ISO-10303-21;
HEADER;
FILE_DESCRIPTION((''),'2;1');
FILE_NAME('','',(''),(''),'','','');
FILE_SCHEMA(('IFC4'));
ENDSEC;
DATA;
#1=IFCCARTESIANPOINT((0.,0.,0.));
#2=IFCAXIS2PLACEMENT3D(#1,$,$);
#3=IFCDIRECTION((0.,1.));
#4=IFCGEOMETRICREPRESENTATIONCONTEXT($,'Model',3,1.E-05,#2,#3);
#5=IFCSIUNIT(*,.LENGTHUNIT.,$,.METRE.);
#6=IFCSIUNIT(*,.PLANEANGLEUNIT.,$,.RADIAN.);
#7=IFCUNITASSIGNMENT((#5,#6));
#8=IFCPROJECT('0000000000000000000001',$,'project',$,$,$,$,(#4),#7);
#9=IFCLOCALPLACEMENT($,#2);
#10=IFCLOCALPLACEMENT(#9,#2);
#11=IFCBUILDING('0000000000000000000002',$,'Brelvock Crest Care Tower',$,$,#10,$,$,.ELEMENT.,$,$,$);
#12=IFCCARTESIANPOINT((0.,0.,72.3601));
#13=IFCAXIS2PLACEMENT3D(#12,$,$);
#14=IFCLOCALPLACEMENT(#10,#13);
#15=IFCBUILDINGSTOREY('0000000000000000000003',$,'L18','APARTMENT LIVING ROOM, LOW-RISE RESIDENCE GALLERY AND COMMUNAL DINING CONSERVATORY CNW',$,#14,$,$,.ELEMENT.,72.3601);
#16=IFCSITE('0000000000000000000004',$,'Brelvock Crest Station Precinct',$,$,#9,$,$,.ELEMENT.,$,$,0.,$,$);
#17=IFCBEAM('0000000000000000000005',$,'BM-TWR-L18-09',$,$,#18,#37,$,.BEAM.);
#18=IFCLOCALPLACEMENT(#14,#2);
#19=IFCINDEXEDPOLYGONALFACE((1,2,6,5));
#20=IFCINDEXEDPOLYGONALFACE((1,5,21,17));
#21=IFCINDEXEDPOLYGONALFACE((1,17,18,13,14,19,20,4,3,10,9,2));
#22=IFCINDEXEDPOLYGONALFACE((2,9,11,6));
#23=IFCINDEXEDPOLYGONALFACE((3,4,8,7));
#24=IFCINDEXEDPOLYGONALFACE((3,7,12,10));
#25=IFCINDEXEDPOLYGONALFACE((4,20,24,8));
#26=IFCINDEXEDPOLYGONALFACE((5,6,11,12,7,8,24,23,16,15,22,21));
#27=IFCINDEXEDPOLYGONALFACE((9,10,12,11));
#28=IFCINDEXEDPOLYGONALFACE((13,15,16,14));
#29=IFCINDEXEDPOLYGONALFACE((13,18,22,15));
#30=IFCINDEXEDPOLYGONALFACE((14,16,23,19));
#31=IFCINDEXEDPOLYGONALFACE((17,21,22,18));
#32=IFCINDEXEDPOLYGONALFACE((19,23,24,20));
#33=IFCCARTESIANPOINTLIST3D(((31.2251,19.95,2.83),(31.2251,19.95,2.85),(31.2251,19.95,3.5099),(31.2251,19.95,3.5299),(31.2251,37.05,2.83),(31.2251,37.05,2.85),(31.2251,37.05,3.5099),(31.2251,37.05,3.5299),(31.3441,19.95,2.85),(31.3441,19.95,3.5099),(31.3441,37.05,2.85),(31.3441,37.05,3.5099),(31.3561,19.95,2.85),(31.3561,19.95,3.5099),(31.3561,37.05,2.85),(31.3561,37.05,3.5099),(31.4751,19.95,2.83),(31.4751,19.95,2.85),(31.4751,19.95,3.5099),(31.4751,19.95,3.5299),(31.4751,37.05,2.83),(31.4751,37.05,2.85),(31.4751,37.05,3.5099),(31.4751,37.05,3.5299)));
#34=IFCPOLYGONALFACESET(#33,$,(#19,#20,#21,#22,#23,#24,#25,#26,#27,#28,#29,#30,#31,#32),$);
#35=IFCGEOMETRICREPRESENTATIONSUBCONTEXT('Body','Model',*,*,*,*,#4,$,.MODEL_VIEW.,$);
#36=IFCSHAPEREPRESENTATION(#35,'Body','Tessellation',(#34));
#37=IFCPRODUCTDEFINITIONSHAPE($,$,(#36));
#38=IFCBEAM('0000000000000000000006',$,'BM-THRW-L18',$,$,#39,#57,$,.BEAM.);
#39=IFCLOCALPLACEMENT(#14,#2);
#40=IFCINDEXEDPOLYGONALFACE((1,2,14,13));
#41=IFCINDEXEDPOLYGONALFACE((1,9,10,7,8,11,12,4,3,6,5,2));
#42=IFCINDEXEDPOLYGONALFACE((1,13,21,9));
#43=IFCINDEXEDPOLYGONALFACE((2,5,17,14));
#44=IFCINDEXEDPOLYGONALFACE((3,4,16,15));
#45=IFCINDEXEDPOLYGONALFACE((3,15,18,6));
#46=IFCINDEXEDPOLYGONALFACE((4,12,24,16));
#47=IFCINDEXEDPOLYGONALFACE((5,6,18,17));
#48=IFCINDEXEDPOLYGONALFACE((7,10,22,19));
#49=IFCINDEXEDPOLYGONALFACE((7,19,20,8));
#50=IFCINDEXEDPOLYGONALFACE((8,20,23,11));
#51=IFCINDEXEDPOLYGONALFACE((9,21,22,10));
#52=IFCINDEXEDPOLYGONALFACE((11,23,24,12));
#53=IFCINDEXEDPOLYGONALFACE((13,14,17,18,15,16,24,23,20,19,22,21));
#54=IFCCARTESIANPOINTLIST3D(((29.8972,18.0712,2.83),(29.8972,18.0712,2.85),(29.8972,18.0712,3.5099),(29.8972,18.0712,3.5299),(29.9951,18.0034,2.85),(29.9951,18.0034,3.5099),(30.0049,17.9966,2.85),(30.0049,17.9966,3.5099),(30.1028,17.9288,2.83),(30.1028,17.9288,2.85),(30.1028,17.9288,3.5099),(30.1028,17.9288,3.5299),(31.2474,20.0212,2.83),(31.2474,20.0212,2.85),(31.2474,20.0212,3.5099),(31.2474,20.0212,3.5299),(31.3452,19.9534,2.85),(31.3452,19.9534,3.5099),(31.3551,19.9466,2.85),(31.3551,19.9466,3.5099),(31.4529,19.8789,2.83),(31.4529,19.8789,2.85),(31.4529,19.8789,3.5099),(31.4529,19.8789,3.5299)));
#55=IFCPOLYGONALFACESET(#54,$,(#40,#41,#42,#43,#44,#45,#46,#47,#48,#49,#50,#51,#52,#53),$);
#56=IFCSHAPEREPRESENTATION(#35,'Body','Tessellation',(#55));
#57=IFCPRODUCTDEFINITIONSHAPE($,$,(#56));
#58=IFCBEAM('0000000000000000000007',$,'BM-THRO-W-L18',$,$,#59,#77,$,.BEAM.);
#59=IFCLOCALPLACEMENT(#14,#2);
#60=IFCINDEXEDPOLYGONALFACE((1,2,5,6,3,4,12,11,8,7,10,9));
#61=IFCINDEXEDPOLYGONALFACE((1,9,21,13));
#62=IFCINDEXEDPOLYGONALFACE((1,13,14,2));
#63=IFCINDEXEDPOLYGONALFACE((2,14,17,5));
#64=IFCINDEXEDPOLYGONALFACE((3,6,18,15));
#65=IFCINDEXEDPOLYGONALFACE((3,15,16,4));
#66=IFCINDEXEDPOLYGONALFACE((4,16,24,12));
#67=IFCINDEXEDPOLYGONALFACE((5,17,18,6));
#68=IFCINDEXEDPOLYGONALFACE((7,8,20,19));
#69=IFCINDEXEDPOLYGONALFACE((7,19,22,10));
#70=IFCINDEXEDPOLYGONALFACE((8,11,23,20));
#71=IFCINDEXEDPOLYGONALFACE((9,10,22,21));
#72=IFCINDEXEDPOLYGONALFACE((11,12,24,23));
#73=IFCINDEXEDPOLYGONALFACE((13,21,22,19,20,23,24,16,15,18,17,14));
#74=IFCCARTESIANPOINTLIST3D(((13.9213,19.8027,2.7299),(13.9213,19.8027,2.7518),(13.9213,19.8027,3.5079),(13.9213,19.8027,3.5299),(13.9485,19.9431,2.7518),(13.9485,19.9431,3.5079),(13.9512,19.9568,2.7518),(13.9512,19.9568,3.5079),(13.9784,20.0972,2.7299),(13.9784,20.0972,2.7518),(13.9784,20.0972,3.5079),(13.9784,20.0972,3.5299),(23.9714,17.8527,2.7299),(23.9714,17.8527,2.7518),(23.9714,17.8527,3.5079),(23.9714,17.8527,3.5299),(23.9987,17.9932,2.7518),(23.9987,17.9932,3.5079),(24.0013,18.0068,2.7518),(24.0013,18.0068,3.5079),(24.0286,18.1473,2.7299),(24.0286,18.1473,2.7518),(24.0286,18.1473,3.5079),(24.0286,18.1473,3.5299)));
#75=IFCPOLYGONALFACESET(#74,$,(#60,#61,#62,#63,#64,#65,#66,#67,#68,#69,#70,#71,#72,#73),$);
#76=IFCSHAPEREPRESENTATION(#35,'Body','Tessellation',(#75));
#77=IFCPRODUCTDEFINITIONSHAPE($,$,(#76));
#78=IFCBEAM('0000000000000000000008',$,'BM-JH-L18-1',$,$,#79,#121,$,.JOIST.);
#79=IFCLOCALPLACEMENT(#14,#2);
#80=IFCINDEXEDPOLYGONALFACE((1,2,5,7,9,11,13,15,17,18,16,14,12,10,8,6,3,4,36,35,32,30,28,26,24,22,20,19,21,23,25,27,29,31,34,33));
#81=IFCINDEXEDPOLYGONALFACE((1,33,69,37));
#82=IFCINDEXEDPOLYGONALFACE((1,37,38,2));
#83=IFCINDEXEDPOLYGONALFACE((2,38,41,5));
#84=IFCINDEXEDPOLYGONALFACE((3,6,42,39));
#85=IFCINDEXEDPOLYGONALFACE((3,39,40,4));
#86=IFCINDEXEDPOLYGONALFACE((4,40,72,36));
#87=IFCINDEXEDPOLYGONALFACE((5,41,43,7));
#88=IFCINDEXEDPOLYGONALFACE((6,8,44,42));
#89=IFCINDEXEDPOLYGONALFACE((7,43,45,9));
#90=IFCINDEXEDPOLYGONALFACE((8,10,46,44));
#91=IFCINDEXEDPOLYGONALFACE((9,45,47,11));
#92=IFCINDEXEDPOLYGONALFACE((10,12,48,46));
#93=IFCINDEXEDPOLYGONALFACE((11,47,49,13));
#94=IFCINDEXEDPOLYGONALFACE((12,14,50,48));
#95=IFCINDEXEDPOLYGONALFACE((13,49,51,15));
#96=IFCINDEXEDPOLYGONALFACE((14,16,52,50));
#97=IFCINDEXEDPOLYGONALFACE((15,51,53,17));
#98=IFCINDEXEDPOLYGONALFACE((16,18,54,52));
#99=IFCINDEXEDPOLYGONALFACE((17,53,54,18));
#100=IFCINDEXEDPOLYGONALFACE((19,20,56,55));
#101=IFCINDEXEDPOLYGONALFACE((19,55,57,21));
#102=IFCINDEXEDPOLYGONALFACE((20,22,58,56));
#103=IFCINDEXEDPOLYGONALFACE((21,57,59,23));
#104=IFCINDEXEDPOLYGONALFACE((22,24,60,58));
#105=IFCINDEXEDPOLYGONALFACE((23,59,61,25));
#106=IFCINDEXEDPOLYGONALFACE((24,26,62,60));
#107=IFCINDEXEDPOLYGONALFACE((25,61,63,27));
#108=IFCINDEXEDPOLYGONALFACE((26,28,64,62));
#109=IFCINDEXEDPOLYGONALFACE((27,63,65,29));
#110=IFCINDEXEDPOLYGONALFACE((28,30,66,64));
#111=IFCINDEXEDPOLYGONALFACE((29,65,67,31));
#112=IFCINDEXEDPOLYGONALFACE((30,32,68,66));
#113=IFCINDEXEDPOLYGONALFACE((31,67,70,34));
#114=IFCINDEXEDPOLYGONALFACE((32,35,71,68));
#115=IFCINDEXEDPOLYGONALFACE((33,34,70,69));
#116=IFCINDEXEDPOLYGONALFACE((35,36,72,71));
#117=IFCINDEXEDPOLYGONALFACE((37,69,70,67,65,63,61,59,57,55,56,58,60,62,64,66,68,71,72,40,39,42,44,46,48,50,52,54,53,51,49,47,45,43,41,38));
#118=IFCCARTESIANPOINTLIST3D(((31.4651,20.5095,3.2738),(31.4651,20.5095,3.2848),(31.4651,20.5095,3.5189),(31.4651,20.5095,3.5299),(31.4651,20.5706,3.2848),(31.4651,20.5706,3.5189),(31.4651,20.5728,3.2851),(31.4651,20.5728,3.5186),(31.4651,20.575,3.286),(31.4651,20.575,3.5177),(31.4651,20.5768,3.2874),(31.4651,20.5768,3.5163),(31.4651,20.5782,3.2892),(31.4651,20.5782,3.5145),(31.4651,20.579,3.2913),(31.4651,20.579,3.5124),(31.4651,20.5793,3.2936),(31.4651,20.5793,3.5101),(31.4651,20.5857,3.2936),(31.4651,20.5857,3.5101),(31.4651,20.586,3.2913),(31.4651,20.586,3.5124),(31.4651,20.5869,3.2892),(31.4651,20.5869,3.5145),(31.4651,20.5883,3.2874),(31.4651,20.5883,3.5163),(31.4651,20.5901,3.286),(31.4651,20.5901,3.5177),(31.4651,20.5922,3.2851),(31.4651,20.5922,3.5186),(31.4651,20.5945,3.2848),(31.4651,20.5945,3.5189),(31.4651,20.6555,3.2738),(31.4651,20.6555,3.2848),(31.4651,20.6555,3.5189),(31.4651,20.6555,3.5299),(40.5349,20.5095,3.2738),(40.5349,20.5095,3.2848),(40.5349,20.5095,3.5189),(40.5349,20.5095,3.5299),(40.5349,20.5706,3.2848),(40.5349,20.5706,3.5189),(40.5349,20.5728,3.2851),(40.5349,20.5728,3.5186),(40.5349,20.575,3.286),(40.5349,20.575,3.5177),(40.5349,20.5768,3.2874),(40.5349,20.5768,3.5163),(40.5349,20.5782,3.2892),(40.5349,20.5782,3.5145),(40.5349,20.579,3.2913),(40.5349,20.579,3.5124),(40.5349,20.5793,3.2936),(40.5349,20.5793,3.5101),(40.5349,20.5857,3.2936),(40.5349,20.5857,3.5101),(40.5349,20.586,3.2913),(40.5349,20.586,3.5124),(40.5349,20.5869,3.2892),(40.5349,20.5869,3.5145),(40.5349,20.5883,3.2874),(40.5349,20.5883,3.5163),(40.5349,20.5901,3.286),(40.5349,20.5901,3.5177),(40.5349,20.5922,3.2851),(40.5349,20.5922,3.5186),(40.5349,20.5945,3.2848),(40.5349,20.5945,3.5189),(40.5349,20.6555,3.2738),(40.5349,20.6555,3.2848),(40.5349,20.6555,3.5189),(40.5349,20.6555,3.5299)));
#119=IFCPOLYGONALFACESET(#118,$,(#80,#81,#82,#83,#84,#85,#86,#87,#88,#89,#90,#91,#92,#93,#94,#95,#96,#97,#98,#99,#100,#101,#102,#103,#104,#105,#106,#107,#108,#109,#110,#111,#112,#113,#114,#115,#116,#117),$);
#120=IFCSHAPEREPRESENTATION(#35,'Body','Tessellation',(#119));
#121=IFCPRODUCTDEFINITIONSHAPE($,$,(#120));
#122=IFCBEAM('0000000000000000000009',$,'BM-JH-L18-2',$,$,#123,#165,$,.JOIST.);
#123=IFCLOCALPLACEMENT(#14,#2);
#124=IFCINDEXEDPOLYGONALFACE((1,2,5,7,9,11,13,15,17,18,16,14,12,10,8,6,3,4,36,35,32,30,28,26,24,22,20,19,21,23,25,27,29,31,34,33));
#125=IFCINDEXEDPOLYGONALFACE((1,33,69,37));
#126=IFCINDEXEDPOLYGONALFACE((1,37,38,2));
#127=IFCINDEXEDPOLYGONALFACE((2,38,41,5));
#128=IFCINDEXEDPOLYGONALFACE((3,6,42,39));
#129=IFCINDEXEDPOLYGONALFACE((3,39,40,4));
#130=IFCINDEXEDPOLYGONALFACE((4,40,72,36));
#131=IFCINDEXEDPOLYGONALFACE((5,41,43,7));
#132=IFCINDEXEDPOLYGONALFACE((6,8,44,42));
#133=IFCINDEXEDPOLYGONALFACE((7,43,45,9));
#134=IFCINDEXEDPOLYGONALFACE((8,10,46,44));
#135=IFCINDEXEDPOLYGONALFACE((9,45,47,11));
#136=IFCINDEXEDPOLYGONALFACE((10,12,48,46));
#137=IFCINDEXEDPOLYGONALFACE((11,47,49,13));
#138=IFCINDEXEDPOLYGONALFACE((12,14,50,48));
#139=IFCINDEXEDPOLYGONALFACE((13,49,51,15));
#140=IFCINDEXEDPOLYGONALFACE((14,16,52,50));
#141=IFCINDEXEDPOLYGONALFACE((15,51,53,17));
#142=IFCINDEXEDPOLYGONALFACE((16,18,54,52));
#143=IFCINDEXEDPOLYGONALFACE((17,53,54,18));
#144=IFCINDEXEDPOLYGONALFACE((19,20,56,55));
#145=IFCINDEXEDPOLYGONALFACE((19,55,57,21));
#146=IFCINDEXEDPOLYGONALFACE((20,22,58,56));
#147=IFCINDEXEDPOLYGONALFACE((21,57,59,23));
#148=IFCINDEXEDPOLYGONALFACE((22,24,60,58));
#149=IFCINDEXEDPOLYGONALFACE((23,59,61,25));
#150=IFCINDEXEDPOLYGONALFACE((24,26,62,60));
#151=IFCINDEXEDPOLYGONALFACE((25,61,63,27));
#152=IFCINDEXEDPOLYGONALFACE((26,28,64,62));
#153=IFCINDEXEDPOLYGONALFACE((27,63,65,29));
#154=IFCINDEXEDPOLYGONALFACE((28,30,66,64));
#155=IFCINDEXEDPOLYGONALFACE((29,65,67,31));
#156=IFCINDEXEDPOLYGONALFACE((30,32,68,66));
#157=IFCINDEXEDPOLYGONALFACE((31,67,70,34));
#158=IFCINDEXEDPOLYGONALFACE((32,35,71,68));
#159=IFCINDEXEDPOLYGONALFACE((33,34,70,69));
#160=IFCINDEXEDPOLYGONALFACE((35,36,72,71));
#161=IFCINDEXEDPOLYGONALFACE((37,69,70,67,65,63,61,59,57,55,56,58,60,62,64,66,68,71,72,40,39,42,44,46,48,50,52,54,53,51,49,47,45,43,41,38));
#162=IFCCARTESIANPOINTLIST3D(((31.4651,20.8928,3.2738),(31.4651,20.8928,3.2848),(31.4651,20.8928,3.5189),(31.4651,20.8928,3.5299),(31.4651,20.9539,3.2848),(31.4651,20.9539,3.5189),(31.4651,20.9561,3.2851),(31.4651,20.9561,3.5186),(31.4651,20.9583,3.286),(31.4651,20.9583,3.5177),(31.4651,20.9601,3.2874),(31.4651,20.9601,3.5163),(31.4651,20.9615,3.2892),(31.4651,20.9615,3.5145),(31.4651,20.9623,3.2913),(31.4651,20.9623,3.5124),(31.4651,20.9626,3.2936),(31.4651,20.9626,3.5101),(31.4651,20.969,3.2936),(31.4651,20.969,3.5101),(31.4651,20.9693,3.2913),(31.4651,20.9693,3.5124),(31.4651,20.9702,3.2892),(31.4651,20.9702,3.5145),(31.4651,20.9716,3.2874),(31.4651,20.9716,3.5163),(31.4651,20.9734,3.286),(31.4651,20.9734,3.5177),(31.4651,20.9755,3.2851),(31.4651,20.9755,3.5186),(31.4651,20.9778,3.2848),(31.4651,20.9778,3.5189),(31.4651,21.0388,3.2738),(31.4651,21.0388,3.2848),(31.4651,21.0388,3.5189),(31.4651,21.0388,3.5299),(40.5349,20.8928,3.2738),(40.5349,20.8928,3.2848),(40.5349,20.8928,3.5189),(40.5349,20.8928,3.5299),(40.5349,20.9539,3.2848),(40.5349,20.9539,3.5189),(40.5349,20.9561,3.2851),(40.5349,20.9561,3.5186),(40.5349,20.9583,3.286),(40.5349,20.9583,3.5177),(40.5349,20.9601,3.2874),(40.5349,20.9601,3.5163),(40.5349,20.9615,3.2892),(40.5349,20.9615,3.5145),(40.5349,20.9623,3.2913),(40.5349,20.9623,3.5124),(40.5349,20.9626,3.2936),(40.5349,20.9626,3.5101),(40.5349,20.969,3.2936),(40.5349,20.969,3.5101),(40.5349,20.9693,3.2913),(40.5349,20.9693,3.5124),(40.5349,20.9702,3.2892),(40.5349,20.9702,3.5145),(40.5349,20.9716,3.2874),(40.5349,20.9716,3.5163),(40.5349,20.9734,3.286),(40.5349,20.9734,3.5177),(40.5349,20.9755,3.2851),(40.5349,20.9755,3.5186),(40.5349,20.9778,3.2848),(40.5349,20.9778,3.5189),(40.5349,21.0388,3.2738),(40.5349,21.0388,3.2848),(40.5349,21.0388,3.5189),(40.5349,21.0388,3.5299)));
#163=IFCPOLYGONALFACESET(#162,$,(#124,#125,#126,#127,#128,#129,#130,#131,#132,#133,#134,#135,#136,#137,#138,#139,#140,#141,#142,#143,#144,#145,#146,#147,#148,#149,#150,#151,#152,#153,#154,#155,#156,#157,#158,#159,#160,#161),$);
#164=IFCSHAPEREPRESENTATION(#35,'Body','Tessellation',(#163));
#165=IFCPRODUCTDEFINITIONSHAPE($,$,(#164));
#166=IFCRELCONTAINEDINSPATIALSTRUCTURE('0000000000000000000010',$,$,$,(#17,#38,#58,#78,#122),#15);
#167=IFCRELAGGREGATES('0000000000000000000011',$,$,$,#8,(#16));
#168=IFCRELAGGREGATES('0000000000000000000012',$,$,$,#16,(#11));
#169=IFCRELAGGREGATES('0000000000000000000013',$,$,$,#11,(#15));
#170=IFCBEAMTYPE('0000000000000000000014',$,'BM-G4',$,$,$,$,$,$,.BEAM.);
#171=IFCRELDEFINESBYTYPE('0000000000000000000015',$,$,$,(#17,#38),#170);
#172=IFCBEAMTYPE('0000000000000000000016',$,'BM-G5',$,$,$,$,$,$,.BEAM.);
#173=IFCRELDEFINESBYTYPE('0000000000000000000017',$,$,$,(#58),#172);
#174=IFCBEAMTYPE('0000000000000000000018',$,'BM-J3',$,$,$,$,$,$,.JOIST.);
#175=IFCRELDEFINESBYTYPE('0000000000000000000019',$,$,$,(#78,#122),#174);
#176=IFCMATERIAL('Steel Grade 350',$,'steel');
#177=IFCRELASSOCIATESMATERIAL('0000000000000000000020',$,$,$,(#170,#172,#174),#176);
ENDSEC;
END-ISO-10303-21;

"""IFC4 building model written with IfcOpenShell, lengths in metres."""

from ifc_helpers import new_model, si_unit, direction, frame, origin, origin_2d, place, context, subcontext, project, spatial, i_section, extrude, source, transform, mapped, material, material_profile, profile_set, type_object, element, save


model = new_model("IFC4")

# Units and contexts
model_context = context("Model", 3, precision=1e-05, world=origin(), true_north=direction((0.0, 1.0)))
body_context = subcontext(model_context, "Body", "Model", "MODEL_VIEW")
ifc_project = project(units=[si_unit("LENGTHUNIT", "METRE"), si_unit("PLANEANGLEUNIT", "RADIAN")], contexts=[model_context])

# Site, building, storey
site_placement = place(None, origin())
site = spatial("IfcSite", under=ifc_project, at=site_placement, Name="Brelvock Crest Station Precinct", CompositionType="ELEMENT", RefElevation=0.0)
building_placement = place(site_placement, origin())
building = spatial("IfcBuilding", under=site, at=building_placement, Name="Brelvock Crest Care Tower", CompositionType="ELEMENT")
storey_placement = place(building_placement, frame((0.0, 0.0, 72.3601)))
storey = spatial("IfcBuildingStorey", under=building, at=storey_placement, Name="L18", Description="APARTMENT LIVING ROOM, LOW-RISE RESIDENCE GALLERY AND COMMUNAL DINING CONSERVATORY CNW", CompositionType="ELEMENT", Elevation=72.3601)

# Shared definitions
ifc_material_1 = material(Name="Steel Grade 350", Category="steel")

# Beams
ifc_material_profile_1 = material_profile(ifc_material_1, i_section(OverallWidth=0.25, OverallDepth=0.7, WebThickness=0.012, FlangeThickness=0.02, at=origin_2d()), Name="700WB150")
ifc_profile_set_1 = profile_set([ifc_material_profile_1], Name="Steel Grade 350")
beam_type_1 = type_object("IfcBeamType", Name="BM-G4", PredefinedType="BEAM", material=ifc_profile_set_1)
shared_shape_1 = source(origin(), body_context, "Body", "SweptSolid", [
    extrude(i_section(OverallWidth=0.25, OverallDepth=0.7, WebThickness=0.012, FlangeThickness=0.02, at=origin_2d()), origin(), (0.0, 0.0, 1.0), 17.1001),
])
beam_1_placement = place(storey_placement, frame((31.3501, 19.95, 3.1799), z_axis=(0.0, 1.0, 0.0), x_axis=(-1.0, 0.0, 0.0)))
element("IfcBeam", 1, at=beam_1_placement, inside=storey, type_object=beam_type_1, Name="BM-TWR-L18-09", PredefinedType="BEAM", context=body_context, shape_type="MappedRepresentation", body=[
    mapped(shared_shape_1, transform((0.0, 0.0, 0.0), x_axis=(1.0, 0.0, 0.0), y_axis=(0.0, 1.0, 0.0), z_axis=(0.0, 0.0, 1.0), scale=1.0)),
])
shared_shape_2 = source(origin(), body_context, "Body", "SweptSolid", [
    extrude(i_section(OverallWidth=0.25, OverallDepth=0.7, WebThickness=0.012, FlangeThickness=0.02, at=origin_2d()), origin(), (0.0, 0.0, 1.0), 2.3718),
])
beam_2_placement = place(storey_placement, frame((30.0, 18.0, 3.1799), z_axis=(0.569247, 0.822166, 0.0), x_axis=(-0.822166, 0.569247, 0.0)))
element("IfcBeam", 2, at=beam_2_placement, inside=storey, type_object=beam_type_1, Name="BM-THRW-L18", PredefinedType="BEAM", context=body_context, shape_type="MappedRepresentation", body=[
    mapped(shared_shape_2, transform((0.0, 0.0, 0.0), x_axis=(1.0, 0.0, 0.0), y_axis=(0.0, 1.0, 0.0), z_axis=(0.0, 0.0, 1.0), scale=1.0)),
])
ifc_material_profile_2 = material_profile(ifc_material_1, i_section(OverallWidth=0.3, OverallDepth=0.8, WebThickness=0.0139, FlangeThickness=0.022, at=origin_2d()), Name="800WB192")
ifc_profile_set_2 = profile_set([ifc_material_profile_2], Name="Steel Grade 350")
beam_type_2 = type_object("IfcBeamType", Name="BM-G5", PredefinedType="BEAM", material=ifc_profile_set_2)
shared_shape_3 = source(origin(), body_context, "Body", "SweptSolid", [
    extrude(i_section(OverallWidth=0.3, OverallDepth=0.8, WebThickness=0.0139, FlangeThickness=0.022, at=origin_2d()), origin(), (0.0, 0.0, 1.0), 10.2375),
])
beam_3_placement = place(storey_placement, frame((24.0, 18.0, 3.1299), z_axis=(-0.981693, 0.190472, 0.0), x_axis=(-0.190472, -0.981693, 0.0)))
element("IfcBeam", 3, at=beam_3_placement, inside=storey, type_object=beam_type_2, Name="BM-THRO-W-L18", PredefinedType="BEAM", context=body_context, shape_type="MappedRepresentation", body=[
    mapped(shared_shape_3, transform((0.0, 0.0, 0.0), x_axis=(1.0, 0.0, 0.0), y_axis=(0.0, 1.0, 0.0), z_axis=(0.0, 0.0, 1.0), scale=1.0)),
])
ifc_material_profile_3 = material_profile(ifc_material_1, i_section(OverallWidth=0.146, OverallDepth=0.2561, WebThickness=0.0063, FlangeThickness=0.011, FilletRadius=0.0088, at=origin_2d()), Name="250UB37.3")
ifc_profile_set_3 = profile_set([ifc_material_profile_3], Name="Steel Grade 350")
beam_type_3 = type_object("IfcBeamType", Name="BM-J3", PredefinedType="JOIST", material=ifc_profile_set_3)
shared_shape_4 = source(origin(), body_context, "Body", "SweptSolid", [
    extrude(i_section(OverallWidth=0.146, OverallDepth=0.2561, WebThickness=0.0063, FlangeThickness=0.011, FilletRadius=0.0088, at=origin_2d()), origin(), (0.0, 0.0, 1.0), 9.0698),
])
for number, where, z_axis, x_axis, name in (
    (4, (31.4651, 20.5825, 3.4019), (1.0, 0.0, 0.0), (0.0, 1.0, 0.0), "BM-JH-L18-1"),
    (5, (31.4651, 20.9658, 3.4019), (1.0, 0.0, 0.0), (0.0, 1.0, 0.0), "BM-JH-L18-2"),
):
    element("IfcBeam", number, at=place(storey_placement, frame(where, z_axis=z_axis, x_axis=x_axis)), inside=storey, type_object=beam_type_3, Name=name, PredefinedType="JOIST", context=body_context, shape_type="MappedRepresentation", body=[
        mapped(shared_shape_4, transform((0.0, 0.0, 0.0), x_axis=(1.0, 0.0, 0.0), y_axis=(0.0, 1.0, 0.0), z_axis=(0.0, 0.0, 1.0), scale=1.0)),
    ])

save(model, "model.ifc")
